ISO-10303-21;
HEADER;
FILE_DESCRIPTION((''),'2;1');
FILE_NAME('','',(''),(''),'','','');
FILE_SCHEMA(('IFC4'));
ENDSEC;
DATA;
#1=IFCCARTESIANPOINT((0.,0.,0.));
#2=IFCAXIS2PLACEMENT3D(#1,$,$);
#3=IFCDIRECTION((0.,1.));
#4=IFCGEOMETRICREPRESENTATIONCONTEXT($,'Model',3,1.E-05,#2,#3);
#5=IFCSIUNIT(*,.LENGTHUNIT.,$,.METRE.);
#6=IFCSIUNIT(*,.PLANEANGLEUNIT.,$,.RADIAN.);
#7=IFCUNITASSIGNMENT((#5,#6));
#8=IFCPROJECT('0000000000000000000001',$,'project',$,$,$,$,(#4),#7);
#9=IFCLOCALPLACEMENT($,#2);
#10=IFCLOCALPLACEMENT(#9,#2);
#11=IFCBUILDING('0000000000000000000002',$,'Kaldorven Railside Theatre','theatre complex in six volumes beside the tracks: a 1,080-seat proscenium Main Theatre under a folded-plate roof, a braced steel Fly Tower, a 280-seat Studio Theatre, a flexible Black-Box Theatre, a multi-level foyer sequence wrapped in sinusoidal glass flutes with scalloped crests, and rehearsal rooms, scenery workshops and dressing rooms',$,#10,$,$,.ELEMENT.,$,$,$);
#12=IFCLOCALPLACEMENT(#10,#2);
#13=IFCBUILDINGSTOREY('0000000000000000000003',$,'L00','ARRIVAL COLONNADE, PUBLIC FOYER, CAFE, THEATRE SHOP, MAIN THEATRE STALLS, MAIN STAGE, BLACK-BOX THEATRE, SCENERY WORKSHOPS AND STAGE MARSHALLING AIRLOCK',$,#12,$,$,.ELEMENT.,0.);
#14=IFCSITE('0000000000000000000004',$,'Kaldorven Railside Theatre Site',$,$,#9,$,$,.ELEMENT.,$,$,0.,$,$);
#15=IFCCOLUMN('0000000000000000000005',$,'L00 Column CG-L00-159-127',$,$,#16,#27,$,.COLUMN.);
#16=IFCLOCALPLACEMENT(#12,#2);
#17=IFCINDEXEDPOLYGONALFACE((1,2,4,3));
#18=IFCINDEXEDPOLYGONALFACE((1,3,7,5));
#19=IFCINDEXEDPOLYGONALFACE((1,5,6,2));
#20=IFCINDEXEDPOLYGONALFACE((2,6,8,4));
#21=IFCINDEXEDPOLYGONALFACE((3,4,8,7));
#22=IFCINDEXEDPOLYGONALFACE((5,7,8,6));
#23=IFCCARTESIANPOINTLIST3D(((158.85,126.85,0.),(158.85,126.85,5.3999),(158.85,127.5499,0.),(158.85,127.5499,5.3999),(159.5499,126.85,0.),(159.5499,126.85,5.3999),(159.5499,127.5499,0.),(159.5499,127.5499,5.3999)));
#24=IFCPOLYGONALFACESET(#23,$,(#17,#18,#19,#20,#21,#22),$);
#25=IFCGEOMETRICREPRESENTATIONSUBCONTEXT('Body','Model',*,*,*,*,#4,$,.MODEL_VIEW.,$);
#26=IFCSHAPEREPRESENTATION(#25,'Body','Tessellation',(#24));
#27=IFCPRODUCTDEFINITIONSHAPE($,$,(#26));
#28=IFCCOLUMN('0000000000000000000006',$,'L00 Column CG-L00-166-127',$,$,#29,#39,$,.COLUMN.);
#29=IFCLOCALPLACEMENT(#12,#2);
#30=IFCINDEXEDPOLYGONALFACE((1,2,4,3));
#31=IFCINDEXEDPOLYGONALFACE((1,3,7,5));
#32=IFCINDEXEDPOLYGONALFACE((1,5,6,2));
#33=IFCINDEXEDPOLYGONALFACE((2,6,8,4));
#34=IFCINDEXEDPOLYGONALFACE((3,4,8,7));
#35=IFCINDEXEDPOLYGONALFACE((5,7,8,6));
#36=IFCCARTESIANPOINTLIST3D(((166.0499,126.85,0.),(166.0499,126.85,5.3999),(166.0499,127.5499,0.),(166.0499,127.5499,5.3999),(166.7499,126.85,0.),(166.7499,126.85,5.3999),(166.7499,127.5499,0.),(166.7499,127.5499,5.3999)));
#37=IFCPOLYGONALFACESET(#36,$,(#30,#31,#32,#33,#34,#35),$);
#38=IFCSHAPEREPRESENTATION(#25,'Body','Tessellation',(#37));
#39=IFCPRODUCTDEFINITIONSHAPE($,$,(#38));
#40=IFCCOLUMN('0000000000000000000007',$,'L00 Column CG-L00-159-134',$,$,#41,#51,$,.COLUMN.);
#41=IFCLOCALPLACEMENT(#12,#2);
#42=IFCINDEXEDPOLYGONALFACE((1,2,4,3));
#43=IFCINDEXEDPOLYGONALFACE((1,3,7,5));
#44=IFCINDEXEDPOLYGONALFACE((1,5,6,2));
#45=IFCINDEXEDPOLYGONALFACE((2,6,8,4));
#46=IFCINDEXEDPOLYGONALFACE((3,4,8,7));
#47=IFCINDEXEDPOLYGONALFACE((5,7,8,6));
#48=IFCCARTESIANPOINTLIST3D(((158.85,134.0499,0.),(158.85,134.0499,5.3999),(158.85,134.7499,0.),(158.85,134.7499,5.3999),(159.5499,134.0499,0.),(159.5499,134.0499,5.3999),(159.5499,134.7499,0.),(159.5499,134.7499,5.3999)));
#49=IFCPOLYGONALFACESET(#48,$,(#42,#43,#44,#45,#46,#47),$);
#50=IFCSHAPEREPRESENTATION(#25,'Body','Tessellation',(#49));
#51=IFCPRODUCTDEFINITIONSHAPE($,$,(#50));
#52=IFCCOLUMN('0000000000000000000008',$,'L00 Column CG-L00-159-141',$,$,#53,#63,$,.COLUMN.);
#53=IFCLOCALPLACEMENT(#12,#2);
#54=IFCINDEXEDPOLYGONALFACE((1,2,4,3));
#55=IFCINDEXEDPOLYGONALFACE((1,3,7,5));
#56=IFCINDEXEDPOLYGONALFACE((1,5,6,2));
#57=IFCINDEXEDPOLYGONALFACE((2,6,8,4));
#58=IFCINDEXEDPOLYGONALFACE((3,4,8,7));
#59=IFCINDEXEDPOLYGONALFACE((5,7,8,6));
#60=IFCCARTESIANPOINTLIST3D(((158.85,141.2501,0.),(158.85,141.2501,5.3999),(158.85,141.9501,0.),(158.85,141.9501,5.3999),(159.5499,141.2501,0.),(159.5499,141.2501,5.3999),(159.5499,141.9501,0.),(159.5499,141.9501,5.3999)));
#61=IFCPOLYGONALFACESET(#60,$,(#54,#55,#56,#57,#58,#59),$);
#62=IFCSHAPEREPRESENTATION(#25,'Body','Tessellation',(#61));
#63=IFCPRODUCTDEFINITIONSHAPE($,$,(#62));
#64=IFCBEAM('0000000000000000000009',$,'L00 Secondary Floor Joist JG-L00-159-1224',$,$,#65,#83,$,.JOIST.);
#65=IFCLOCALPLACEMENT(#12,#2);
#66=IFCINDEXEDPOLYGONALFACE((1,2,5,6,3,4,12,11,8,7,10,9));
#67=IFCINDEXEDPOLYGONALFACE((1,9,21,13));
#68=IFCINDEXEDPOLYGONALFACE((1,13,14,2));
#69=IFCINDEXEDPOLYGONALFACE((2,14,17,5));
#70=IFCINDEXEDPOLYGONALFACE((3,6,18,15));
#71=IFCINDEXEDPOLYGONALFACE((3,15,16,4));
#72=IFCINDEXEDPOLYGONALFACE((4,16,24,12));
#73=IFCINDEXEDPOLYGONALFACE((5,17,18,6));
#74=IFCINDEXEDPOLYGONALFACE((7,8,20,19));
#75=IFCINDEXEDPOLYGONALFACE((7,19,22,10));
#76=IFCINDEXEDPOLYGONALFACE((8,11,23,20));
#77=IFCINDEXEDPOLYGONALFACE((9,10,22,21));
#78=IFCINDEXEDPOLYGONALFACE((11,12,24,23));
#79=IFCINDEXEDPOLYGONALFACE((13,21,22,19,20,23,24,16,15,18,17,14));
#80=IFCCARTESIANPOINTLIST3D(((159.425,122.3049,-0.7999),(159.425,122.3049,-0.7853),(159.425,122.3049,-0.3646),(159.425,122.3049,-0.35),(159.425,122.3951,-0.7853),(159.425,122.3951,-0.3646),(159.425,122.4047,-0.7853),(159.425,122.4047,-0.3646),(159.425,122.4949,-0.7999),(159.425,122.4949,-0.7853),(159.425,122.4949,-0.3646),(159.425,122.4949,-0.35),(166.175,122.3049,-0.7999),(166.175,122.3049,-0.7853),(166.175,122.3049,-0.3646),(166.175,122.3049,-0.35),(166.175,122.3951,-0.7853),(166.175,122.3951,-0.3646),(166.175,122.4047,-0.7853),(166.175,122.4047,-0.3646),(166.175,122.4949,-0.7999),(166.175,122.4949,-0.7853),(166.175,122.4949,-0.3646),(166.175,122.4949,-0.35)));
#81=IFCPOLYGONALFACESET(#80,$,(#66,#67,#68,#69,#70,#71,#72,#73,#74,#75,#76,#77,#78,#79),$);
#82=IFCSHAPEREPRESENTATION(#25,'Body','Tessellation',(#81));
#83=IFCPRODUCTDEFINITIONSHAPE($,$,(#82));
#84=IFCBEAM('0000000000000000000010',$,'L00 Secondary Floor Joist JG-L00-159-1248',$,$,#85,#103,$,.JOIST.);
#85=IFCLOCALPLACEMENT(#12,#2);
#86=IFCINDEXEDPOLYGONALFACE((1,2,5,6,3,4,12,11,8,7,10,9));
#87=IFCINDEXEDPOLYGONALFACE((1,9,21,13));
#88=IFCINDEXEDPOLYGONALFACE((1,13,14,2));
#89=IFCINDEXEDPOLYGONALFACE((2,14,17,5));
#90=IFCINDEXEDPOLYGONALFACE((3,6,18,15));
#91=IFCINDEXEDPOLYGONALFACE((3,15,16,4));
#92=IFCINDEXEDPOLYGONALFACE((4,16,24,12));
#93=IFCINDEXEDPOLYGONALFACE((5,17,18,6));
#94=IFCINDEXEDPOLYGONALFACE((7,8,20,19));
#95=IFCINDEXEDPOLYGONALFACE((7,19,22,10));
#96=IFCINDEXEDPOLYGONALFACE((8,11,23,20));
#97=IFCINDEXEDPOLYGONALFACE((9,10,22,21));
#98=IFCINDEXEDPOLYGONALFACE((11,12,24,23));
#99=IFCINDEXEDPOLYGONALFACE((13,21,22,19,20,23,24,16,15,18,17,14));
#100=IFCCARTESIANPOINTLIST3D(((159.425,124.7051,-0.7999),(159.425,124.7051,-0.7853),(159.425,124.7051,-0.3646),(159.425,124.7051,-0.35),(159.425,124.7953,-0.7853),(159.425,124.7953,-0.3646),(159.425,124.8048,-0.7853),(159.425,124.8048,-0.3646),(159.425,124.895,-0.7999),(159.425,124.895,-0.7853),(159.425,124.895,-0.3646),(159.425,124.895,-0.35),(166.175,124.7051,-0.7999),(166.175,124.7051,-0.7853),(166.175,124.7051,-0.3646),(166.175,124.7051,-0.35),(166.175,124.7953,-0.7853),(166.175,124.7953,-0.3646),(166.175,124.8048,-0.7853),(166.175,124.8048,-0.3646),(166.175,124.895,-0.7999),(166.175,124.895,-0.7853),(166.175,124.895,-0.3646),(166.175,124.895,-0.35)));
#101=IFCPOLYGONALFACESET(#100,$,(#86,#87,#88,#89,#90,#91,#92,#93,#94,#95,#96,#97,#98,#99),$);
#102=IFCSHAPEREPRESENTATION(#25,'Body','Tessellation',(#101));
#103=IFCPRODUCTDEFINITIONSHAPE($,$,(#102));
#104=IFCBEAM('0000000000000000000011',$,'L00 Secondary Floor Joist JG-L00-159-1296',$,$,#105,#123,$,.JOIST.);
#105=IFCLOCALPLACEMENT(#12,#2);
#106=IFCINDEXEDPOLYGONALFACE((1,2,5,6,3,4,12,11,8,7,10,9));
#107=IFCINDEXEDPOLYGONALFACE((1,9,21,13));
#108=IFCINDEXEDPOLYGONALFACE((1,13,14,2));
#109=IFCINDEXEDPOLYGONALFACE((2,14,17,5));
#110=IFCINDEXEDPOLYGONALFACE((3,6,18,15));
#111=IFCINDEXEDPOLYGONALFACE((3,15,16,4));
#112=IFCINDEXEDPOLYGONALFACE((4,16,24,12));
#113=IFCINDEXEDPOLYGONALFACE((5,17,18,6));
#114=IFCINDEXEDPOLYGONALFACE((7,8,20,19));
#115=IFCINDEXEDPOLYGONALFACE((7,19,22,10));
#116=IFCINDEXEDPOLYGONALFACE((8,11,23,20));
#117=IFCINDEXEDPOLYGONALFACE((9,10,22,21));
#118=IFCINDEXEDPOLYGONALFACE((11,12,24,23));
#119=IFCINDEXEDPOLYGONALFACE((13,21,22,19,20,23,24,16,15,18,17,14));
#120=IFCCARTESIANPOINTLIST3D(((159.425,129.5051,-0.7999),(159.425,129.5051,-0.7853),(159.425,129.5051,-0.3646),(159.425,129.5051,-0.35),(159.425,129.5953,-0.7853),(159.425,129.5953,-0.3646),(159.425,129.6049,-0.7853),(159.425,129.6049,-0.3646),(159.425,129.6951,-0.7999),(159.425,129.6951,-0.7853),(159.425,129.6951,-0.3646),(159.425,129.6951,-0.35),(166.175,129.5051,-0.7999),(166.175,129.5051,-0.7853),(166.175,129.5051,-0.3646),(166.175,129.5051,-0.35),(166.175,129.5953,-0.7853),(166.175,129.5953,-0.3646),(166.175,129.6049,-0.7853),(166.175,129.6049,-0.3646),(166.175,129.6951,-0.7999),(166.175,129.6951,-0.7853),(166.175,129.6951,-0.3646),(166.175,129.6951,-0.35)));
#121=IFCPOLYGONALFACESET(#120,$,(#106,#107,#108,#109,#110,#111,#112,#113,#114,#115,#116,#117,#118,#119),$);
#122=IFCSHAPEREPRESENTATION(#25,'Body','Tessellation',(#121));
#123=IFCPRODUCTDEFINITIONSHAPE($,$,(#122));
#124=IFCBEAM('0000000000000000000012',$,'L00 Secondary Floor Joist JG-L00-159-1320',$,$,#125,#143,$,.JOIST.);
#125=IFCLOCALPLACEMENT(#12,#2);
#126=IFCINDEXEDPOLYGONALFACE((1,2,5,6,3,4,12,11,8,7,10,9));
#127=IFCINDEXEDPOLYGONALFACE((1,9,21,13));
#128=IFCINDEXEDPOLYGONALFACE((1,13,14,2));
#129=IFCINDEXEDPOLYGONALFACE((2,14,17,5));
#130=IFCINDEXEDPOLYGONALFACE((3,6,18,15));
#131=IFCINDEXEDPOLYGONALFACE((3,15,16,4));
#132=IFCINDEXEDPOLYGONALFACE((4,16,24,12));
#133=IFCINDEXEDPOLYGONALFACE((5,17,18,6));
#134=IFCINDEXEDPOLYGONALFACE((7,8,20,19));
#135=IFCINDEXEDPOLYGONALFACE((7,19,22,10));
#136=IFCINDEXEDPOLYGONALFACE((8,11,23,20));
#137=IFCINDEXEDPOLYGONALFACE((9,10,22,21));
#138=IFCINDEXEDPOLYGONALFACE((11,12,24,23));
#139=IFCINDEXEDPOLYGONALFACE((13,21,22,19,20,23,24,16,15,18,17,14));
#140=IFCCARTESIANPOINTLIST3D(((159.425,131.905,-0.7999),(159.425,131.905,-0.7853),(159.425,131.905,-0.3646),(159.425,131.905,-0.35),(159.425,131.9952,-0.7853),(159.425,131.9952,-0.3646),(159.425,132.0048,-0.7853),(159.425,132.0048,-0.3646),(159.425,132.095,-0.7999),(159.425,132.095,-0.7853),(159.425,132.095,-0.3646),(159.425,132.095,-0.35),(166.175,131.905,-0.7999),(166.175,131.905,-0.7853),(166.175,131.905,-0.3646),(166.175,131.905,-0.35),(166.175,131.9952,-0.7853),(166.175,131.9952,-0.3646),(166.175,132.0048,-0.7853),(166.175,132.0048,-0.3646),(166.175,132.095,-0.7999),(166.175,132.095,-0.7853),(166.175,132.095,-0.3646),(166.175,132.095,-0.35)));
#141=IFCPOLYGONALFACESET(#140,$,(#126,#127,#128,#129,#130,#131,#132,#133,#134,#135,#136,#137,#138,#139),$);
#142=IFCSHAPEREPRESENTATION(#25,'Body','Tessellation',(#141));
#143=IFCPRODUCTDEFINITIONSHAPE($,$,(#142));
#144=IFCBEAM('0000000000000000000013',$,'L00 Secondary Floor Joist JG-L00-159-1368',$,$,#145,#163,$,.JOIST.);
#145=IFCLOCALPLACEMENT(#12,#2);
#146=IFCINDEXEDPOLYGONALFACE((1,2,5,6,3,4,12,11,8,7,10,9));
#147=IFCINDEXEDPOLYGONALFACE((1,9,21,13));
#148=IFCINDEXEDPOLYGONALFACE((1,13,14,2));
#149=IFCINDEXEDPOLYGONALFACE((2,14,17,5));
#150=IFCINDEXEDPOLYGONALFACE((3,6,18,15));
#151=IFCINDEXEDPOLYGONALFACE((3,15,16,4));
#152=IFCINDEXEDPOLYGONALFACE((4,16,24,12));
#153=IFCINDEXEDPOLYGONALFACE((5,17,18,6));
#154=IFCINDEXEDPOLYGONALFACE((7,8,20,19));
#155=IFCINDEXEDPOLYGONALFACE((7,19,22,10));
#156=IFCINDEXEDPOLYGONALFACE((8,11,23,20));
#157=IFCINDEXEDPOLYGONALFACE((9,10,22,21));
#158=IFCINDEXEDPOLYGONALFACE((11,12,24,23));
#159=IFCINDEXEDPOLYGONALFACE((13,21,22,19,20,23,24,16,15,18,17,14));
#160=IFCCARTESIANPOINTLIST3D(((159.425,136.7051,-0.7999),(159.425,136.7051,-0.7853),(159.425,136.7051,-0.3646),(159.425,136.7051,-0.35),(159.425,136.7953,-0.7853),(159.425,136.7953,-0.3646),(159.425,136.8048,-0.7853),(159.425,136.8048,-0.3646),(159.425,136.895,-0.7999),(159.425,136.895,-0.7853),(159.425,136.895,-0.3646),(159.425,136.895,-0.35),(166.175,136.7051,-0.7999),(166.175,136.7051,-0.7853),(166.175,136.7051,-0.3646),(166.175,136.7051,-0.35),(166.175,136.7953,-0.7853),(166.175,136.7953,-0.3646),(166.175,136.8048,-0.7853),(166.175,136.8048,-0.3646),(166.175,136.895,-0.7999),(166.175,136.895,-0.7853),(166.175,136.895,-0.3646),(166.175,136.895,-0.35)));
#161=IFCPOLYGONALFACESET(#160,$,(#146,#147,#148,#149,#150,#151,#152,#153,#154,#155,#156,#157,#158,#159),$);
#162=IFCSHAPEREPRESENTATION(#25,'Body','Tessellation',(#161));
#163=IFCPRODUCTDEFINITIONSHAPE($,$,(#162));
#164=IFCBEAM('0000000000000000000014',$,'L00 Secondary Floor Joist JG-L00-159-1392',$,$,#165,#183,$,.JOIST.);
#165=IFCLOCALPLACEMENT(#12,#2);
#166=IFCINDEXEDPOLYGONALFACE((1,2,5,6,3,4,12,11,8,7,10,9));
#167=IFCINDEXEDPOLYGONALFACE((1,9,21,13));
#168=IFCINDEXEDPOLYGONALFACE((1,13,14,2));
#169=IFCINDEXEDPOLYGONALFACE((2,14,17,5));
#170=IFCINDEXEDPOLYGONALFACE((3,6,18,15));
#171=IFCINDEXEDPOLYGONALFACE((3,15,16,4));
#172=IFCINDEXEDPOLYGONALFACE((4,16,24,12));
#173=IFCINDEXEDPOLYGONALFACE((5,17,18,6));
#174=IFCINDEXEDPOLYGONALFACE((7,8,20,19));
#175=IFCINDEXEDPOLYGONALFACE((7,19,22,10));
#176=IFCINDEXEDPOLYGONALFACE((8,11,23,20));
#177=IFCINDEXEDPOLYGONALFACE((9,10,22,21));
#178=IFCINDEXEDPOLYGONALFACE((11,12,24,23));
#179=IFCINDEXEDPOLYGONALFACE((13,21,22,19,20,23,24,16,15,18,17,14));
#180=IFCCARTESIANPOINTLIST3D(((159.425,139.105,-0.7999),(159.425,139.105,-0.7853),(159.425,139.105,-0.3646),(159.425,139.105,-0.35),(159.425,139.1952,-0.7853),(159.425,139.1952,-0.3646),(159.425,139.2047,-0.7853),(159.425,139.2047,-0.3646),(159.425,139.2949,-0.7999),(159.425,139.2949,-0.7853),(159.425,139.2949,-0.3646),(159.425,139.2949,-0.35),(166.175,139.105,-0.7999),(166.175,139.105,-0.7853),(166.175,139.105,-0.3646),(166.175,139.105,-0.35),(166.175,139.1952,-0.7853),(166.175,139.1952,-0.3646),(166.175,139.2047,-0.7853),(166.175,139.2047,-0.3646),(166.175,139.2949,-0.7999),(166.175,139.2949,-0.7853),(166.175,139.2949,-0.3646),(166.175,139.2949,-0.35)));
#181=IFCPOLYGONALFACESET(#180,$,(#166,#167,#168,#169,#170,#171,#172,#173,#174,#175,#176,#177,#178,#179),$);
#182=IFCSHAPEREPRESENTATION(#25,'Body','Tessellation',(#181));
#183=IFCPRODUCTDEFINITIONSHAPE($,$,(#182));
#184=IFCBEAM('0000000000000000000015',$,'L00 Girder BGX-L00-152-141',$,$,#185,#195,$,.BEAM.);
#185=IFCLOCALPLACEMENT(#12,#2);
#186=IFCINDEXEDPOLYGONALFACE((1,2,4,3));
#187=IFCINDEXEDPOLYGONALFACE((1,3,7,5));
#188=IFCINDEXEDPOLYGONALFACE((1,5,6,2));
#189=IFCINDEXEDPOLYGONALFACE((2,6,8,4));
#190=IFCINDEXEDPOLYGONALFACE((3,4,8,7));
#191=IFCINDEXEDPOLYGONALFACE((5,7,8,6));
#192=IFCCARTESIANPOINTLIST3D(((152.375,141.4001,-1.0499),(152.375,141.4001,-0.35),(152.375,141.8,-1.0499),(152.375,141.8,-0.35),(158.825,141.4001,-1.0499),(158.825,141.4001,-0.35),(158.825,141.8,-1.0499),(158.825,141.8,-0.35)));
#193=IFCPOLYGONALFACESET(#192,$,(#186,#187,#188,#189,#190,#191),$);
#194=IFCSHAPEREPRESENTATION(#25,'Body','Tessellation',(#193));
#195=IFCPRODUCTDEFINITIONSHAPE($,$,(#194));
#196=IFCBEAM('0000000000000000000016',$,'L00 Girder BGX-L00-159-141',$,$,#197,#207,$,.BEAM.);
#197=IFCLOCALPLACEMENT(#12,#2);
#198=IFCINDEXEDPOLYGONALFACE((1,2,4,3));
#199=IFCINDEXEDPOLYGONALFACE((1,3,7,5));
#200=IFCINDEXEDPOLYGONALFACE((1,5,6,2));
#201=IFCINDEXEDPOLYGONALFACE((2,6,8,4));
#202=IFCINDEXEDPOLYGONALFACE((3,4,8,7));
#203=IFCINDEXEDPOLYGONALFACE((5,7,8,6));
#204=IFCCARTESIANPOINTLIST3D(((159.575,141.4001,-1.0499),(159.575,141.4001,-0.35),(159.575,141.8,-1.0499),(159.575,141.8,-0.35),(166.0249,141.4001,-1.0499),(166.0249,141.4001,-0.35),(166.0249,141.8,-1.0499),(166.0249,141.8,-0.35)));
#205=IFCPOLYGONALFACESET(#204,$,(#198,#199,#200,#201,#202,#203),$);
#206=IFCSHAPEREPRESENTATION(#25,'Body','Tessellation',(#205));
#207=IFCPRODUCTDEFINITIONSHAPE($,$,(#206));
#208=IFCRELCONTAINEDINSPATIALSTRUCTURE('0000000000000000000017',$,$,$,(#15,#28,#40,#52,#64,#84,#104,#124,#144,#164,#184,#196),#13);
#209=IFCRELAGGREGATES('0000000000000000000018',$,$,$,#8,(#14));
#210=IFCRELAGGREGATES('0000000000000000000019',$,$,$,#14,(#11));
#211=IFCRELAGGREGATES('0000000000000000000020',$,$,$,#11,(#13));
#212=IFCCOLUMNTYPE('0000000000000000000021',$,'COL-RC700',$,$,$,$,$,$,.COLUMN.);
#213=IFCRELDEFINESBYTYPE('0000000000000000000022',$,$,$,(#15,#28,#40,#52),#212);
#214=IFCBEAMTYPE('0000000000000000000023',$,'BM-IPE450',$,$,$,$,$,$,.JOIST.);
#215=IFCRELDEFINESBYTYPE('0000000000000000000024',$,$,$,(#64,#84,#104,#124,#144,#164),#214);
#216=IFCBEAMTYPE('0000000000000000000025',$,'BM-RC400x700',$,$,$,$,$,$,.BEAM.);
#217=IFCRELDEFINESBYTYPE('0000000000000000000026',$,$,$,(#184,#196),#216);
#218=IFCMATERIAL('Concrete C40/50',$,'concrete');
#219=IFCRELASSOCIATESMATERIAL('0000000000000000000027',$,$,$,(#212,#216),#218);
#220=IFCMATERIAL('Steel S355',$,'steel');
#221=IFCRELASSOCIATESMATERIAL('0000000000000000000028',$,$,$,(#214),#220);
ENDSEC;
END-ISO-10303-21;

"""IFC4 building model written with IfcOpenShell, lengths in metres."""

from ifc_helpers import new_model, si_unit, direction, frame, origin, origin_2d, place, context, subcontext, project, spatial, rectangle, i_section, extrude, material, material_profile, profile_set, type_object, element, save


model = new_model("IFC4")

# Units and contexts
model_context = context("Model", 3, precision=1e-05, world=origin(), true_north=direction((0.0, 1.0)))
body_context = subcontext(model_context, "Body", "Model", "MODEL_VIEW")
ifc_project = project(units=[si_unit("LENGTHUNIT", "METRE"), si_unit("PLANEANGLEUNIT", "RADIAN")], contexts=[model_context])

# Site, building, storey
site_placement = place(None, origin())
site = spatial("IfcSite", under=ifc_project, at=site_placement, Name="Kaldorven Railside Theatre Site", CompositionType="ELEMENT", RefElevation=0.0)
building_placement = place(site_placement, origin())
building = spatial("IfcBuilding", under=site, at=building_placement, Name="Kaldorven Railside Theatre", Description="theatre complex in six volumes beside the tracks: a 1,080-seat proscenium Main Theatre under a folded-plate roof, a braced steel Fly Tower, a 280-seat Studio Theatre, a flexible Black-Box Theatre, a multi-level foyer sequence wrapped in sinusoidal glass flutes with scalloped crests, and rehearsal rooms, scenery workshops and dressing rooms", CompositionType="ELEMENT")
storey_placement = place(building_placement, origin())
storey = spatial("IfcBuildingStorey", under=building, at=storey_placement, Name="L00", Description="ARRIVAL COLONNADE, PUBLIC FOYER, CAFE, THEATRE SHOP, MAIN THEATRE STALLS, MAIN STAGE, BLACK-BOX THEATRE, SCENERY WORKSHOPS AND STAGE MARSHALLING AIRLOCK", CompositionType="ELEMENT", Elevation=0.0)

# Columns
ifc_material_1 = material(Name="Concrete C40/50", Category="concrete")
ifc_material_profile_1 = material_profile(ifc_material_1, rectangle(XDim=0.7, YDim=0.7, at=origin_2d()), Name="RC 700x700")
ifc_profile_set_1 = profile_set([ifc_material_profile_1], Name="Concrete C40/50")
column_type = type_object("IfcColumnType", Name="COL-RC700", PredefinedType="COLUMN", material=ifc_profile_set_1)
for number, where, z_axis, x_axis, name in (
    (1, (159.2, 127.2, 0.0), (0.0, 0.0, 1.0), (1.0, 0.0, 0.0), "L00 Column CG-L00-159-127"),
    (2, (166.3999, 127.2, 0.0), (0.0, 0.0, 1.0), (0.0, 1.0, 0.0), "L00 Column CG-L00-166-127"),
    (3, (159.2, 134.3999, 0.0), (0.0, 0.0, 1.0), (0.0, 1.0, 0.0), "L00 Column CG-L00-159-134"),
    (4, (159.2, 141.6001, 0.0), (0.0, 0.0, 1.0), (1.0, 0.0, 0.0), "L00 Column CG-L00-159-141"),
):
    element("IfcColumn", number, at=place(storey_placement, frame(where, z_axis=z_axis, x_axis=x_axis)), inside=storey, type_object=column_type, Name=name, PredefinedType="COLUMN", context=body_context, shape_type="SweptSolid", body=[
        extrude(rectangle(XDim=0.7, YDim=0.7, at=origin_2d()), origin(), (0.0, 0.0, 1.0), 5.3999),
    ])

# Beams
ifc_material_2 = material(Name="Steel S355", Category="steel")
ifc_material_profile_2 = material_profile(ifc_material_2, i_section(OverallWidth=0.1899, OverallDepth=0.45, WebThickness=0.0095, FlangeThickness=0.0146, at=origin_2d()), Name="IPE 450")
ifc_profile_set_2 = profile_set([ifc_material_profile_2], Name="Steel S355")
beam_type_1 = type_object("IfcBeamType", Name="BM-IPE450", PredefinedType="JOIST", material=ifc_profile_set_2)
for number, where, z_axis, x_axis, name in (
    (5, (159.425, 122.3999, -0.575), (1.0, 0.0, 0.0), (0.0, 1.0, 0.0), "L00 Secondary Floor Joist JG-L00-159-1224"),
    (6, (159.425, 124.8, -0.575), (1.0, 0.0, 0.0), (0.0, 1.0, 0.0), "L00 Secondary Floor Joist JG-L00-159-1248"),
    (7, (159.425, 129.6001, -0.575), (1.0, 0.0, 0.0), (0.0, 1.0, 0.0), "L00 Secondary Floor Joist JG-L00-159-1296"),
    (8, (159.425, 132.0, -0.575), (1.0, 0.0, 0.0), (0.0, 1.0, 0.0), "L00 Secondary Floor Joist JG-L00-159-1320"),
    (9, (159.425, 136.8, -0.575), (1.0, 0.0, 0.0), (0.0, 1.0, 0.0), "L00 Secondary Floor Joist JG-L00-159-1368"),
    (10, (159.425, 139.2, -0.575), (1.0, 0.0, 0.0), (0.0, 1.0, 0.0), "L00 Secondary Floor Joist JG-L00-159-1392"),
):
    element("IfcBeam", number, at=place(storey_placement, frame(where, z_axis=z_axis, x_axis=x_axis)), inside=storey, type_object=beam_type_1, Name=name, PredefinedType="JOIST", context=body_context, shape_type="SweptSolid", body=[
        extrude(i_section(OverallWidth=0.1899, OverallDepth=0.45, WebThickness=0.0095, FlangeThickness=0.0146, at=origin_2d()), origin(), (0.0, 0.0, 1.0), 6.75),
    ])
ifc_material_profile_3 = material_profile(ifc_material_1, rectangle(XDim=0.3999, YDim=0.7, at=origin_2d()), Name="RC 400x700")
ifc_profile_set_3 = profile_set([ifc_material_profile_3], Name="Concrete C40/50")
beam_type_2 = type_object("IfcBeamType", Name="BM-RC400x700", PredefinedType="BEAM", material=ifc_profile_set_3)
for number, where, z_axis, x_axis, name in (
    (11, (152.375, 141.6001, -0.7), (1.0, 0.0, 0.0), (0.0, 1.0, 0.0), "L00 Girder BGX-L00-152-141"),
    (12, (159.575, 141.6001, -0.7), (1.0, 0.0, 0.0), (0.0, 1.0, 0.0), "L00 Girder BGX-L00-159-141"),
):
    element("IfcBeam", number, at=place(storey_placement, frame(where, z_axis=z_axis, x_axis=x_axis)), inside=storey, type_object=beam_type_2, Name=name, PredefinedType="BEAM", context=body_context, shape_type="SweptSolid", body=[
        extrude(rectangle(XDim=0.3999, YDim=0.7, at=origin_2d()), origin(), (0.0, 0.0, 1.0), 6.45),
    ])

save(model, "model.ifc")
